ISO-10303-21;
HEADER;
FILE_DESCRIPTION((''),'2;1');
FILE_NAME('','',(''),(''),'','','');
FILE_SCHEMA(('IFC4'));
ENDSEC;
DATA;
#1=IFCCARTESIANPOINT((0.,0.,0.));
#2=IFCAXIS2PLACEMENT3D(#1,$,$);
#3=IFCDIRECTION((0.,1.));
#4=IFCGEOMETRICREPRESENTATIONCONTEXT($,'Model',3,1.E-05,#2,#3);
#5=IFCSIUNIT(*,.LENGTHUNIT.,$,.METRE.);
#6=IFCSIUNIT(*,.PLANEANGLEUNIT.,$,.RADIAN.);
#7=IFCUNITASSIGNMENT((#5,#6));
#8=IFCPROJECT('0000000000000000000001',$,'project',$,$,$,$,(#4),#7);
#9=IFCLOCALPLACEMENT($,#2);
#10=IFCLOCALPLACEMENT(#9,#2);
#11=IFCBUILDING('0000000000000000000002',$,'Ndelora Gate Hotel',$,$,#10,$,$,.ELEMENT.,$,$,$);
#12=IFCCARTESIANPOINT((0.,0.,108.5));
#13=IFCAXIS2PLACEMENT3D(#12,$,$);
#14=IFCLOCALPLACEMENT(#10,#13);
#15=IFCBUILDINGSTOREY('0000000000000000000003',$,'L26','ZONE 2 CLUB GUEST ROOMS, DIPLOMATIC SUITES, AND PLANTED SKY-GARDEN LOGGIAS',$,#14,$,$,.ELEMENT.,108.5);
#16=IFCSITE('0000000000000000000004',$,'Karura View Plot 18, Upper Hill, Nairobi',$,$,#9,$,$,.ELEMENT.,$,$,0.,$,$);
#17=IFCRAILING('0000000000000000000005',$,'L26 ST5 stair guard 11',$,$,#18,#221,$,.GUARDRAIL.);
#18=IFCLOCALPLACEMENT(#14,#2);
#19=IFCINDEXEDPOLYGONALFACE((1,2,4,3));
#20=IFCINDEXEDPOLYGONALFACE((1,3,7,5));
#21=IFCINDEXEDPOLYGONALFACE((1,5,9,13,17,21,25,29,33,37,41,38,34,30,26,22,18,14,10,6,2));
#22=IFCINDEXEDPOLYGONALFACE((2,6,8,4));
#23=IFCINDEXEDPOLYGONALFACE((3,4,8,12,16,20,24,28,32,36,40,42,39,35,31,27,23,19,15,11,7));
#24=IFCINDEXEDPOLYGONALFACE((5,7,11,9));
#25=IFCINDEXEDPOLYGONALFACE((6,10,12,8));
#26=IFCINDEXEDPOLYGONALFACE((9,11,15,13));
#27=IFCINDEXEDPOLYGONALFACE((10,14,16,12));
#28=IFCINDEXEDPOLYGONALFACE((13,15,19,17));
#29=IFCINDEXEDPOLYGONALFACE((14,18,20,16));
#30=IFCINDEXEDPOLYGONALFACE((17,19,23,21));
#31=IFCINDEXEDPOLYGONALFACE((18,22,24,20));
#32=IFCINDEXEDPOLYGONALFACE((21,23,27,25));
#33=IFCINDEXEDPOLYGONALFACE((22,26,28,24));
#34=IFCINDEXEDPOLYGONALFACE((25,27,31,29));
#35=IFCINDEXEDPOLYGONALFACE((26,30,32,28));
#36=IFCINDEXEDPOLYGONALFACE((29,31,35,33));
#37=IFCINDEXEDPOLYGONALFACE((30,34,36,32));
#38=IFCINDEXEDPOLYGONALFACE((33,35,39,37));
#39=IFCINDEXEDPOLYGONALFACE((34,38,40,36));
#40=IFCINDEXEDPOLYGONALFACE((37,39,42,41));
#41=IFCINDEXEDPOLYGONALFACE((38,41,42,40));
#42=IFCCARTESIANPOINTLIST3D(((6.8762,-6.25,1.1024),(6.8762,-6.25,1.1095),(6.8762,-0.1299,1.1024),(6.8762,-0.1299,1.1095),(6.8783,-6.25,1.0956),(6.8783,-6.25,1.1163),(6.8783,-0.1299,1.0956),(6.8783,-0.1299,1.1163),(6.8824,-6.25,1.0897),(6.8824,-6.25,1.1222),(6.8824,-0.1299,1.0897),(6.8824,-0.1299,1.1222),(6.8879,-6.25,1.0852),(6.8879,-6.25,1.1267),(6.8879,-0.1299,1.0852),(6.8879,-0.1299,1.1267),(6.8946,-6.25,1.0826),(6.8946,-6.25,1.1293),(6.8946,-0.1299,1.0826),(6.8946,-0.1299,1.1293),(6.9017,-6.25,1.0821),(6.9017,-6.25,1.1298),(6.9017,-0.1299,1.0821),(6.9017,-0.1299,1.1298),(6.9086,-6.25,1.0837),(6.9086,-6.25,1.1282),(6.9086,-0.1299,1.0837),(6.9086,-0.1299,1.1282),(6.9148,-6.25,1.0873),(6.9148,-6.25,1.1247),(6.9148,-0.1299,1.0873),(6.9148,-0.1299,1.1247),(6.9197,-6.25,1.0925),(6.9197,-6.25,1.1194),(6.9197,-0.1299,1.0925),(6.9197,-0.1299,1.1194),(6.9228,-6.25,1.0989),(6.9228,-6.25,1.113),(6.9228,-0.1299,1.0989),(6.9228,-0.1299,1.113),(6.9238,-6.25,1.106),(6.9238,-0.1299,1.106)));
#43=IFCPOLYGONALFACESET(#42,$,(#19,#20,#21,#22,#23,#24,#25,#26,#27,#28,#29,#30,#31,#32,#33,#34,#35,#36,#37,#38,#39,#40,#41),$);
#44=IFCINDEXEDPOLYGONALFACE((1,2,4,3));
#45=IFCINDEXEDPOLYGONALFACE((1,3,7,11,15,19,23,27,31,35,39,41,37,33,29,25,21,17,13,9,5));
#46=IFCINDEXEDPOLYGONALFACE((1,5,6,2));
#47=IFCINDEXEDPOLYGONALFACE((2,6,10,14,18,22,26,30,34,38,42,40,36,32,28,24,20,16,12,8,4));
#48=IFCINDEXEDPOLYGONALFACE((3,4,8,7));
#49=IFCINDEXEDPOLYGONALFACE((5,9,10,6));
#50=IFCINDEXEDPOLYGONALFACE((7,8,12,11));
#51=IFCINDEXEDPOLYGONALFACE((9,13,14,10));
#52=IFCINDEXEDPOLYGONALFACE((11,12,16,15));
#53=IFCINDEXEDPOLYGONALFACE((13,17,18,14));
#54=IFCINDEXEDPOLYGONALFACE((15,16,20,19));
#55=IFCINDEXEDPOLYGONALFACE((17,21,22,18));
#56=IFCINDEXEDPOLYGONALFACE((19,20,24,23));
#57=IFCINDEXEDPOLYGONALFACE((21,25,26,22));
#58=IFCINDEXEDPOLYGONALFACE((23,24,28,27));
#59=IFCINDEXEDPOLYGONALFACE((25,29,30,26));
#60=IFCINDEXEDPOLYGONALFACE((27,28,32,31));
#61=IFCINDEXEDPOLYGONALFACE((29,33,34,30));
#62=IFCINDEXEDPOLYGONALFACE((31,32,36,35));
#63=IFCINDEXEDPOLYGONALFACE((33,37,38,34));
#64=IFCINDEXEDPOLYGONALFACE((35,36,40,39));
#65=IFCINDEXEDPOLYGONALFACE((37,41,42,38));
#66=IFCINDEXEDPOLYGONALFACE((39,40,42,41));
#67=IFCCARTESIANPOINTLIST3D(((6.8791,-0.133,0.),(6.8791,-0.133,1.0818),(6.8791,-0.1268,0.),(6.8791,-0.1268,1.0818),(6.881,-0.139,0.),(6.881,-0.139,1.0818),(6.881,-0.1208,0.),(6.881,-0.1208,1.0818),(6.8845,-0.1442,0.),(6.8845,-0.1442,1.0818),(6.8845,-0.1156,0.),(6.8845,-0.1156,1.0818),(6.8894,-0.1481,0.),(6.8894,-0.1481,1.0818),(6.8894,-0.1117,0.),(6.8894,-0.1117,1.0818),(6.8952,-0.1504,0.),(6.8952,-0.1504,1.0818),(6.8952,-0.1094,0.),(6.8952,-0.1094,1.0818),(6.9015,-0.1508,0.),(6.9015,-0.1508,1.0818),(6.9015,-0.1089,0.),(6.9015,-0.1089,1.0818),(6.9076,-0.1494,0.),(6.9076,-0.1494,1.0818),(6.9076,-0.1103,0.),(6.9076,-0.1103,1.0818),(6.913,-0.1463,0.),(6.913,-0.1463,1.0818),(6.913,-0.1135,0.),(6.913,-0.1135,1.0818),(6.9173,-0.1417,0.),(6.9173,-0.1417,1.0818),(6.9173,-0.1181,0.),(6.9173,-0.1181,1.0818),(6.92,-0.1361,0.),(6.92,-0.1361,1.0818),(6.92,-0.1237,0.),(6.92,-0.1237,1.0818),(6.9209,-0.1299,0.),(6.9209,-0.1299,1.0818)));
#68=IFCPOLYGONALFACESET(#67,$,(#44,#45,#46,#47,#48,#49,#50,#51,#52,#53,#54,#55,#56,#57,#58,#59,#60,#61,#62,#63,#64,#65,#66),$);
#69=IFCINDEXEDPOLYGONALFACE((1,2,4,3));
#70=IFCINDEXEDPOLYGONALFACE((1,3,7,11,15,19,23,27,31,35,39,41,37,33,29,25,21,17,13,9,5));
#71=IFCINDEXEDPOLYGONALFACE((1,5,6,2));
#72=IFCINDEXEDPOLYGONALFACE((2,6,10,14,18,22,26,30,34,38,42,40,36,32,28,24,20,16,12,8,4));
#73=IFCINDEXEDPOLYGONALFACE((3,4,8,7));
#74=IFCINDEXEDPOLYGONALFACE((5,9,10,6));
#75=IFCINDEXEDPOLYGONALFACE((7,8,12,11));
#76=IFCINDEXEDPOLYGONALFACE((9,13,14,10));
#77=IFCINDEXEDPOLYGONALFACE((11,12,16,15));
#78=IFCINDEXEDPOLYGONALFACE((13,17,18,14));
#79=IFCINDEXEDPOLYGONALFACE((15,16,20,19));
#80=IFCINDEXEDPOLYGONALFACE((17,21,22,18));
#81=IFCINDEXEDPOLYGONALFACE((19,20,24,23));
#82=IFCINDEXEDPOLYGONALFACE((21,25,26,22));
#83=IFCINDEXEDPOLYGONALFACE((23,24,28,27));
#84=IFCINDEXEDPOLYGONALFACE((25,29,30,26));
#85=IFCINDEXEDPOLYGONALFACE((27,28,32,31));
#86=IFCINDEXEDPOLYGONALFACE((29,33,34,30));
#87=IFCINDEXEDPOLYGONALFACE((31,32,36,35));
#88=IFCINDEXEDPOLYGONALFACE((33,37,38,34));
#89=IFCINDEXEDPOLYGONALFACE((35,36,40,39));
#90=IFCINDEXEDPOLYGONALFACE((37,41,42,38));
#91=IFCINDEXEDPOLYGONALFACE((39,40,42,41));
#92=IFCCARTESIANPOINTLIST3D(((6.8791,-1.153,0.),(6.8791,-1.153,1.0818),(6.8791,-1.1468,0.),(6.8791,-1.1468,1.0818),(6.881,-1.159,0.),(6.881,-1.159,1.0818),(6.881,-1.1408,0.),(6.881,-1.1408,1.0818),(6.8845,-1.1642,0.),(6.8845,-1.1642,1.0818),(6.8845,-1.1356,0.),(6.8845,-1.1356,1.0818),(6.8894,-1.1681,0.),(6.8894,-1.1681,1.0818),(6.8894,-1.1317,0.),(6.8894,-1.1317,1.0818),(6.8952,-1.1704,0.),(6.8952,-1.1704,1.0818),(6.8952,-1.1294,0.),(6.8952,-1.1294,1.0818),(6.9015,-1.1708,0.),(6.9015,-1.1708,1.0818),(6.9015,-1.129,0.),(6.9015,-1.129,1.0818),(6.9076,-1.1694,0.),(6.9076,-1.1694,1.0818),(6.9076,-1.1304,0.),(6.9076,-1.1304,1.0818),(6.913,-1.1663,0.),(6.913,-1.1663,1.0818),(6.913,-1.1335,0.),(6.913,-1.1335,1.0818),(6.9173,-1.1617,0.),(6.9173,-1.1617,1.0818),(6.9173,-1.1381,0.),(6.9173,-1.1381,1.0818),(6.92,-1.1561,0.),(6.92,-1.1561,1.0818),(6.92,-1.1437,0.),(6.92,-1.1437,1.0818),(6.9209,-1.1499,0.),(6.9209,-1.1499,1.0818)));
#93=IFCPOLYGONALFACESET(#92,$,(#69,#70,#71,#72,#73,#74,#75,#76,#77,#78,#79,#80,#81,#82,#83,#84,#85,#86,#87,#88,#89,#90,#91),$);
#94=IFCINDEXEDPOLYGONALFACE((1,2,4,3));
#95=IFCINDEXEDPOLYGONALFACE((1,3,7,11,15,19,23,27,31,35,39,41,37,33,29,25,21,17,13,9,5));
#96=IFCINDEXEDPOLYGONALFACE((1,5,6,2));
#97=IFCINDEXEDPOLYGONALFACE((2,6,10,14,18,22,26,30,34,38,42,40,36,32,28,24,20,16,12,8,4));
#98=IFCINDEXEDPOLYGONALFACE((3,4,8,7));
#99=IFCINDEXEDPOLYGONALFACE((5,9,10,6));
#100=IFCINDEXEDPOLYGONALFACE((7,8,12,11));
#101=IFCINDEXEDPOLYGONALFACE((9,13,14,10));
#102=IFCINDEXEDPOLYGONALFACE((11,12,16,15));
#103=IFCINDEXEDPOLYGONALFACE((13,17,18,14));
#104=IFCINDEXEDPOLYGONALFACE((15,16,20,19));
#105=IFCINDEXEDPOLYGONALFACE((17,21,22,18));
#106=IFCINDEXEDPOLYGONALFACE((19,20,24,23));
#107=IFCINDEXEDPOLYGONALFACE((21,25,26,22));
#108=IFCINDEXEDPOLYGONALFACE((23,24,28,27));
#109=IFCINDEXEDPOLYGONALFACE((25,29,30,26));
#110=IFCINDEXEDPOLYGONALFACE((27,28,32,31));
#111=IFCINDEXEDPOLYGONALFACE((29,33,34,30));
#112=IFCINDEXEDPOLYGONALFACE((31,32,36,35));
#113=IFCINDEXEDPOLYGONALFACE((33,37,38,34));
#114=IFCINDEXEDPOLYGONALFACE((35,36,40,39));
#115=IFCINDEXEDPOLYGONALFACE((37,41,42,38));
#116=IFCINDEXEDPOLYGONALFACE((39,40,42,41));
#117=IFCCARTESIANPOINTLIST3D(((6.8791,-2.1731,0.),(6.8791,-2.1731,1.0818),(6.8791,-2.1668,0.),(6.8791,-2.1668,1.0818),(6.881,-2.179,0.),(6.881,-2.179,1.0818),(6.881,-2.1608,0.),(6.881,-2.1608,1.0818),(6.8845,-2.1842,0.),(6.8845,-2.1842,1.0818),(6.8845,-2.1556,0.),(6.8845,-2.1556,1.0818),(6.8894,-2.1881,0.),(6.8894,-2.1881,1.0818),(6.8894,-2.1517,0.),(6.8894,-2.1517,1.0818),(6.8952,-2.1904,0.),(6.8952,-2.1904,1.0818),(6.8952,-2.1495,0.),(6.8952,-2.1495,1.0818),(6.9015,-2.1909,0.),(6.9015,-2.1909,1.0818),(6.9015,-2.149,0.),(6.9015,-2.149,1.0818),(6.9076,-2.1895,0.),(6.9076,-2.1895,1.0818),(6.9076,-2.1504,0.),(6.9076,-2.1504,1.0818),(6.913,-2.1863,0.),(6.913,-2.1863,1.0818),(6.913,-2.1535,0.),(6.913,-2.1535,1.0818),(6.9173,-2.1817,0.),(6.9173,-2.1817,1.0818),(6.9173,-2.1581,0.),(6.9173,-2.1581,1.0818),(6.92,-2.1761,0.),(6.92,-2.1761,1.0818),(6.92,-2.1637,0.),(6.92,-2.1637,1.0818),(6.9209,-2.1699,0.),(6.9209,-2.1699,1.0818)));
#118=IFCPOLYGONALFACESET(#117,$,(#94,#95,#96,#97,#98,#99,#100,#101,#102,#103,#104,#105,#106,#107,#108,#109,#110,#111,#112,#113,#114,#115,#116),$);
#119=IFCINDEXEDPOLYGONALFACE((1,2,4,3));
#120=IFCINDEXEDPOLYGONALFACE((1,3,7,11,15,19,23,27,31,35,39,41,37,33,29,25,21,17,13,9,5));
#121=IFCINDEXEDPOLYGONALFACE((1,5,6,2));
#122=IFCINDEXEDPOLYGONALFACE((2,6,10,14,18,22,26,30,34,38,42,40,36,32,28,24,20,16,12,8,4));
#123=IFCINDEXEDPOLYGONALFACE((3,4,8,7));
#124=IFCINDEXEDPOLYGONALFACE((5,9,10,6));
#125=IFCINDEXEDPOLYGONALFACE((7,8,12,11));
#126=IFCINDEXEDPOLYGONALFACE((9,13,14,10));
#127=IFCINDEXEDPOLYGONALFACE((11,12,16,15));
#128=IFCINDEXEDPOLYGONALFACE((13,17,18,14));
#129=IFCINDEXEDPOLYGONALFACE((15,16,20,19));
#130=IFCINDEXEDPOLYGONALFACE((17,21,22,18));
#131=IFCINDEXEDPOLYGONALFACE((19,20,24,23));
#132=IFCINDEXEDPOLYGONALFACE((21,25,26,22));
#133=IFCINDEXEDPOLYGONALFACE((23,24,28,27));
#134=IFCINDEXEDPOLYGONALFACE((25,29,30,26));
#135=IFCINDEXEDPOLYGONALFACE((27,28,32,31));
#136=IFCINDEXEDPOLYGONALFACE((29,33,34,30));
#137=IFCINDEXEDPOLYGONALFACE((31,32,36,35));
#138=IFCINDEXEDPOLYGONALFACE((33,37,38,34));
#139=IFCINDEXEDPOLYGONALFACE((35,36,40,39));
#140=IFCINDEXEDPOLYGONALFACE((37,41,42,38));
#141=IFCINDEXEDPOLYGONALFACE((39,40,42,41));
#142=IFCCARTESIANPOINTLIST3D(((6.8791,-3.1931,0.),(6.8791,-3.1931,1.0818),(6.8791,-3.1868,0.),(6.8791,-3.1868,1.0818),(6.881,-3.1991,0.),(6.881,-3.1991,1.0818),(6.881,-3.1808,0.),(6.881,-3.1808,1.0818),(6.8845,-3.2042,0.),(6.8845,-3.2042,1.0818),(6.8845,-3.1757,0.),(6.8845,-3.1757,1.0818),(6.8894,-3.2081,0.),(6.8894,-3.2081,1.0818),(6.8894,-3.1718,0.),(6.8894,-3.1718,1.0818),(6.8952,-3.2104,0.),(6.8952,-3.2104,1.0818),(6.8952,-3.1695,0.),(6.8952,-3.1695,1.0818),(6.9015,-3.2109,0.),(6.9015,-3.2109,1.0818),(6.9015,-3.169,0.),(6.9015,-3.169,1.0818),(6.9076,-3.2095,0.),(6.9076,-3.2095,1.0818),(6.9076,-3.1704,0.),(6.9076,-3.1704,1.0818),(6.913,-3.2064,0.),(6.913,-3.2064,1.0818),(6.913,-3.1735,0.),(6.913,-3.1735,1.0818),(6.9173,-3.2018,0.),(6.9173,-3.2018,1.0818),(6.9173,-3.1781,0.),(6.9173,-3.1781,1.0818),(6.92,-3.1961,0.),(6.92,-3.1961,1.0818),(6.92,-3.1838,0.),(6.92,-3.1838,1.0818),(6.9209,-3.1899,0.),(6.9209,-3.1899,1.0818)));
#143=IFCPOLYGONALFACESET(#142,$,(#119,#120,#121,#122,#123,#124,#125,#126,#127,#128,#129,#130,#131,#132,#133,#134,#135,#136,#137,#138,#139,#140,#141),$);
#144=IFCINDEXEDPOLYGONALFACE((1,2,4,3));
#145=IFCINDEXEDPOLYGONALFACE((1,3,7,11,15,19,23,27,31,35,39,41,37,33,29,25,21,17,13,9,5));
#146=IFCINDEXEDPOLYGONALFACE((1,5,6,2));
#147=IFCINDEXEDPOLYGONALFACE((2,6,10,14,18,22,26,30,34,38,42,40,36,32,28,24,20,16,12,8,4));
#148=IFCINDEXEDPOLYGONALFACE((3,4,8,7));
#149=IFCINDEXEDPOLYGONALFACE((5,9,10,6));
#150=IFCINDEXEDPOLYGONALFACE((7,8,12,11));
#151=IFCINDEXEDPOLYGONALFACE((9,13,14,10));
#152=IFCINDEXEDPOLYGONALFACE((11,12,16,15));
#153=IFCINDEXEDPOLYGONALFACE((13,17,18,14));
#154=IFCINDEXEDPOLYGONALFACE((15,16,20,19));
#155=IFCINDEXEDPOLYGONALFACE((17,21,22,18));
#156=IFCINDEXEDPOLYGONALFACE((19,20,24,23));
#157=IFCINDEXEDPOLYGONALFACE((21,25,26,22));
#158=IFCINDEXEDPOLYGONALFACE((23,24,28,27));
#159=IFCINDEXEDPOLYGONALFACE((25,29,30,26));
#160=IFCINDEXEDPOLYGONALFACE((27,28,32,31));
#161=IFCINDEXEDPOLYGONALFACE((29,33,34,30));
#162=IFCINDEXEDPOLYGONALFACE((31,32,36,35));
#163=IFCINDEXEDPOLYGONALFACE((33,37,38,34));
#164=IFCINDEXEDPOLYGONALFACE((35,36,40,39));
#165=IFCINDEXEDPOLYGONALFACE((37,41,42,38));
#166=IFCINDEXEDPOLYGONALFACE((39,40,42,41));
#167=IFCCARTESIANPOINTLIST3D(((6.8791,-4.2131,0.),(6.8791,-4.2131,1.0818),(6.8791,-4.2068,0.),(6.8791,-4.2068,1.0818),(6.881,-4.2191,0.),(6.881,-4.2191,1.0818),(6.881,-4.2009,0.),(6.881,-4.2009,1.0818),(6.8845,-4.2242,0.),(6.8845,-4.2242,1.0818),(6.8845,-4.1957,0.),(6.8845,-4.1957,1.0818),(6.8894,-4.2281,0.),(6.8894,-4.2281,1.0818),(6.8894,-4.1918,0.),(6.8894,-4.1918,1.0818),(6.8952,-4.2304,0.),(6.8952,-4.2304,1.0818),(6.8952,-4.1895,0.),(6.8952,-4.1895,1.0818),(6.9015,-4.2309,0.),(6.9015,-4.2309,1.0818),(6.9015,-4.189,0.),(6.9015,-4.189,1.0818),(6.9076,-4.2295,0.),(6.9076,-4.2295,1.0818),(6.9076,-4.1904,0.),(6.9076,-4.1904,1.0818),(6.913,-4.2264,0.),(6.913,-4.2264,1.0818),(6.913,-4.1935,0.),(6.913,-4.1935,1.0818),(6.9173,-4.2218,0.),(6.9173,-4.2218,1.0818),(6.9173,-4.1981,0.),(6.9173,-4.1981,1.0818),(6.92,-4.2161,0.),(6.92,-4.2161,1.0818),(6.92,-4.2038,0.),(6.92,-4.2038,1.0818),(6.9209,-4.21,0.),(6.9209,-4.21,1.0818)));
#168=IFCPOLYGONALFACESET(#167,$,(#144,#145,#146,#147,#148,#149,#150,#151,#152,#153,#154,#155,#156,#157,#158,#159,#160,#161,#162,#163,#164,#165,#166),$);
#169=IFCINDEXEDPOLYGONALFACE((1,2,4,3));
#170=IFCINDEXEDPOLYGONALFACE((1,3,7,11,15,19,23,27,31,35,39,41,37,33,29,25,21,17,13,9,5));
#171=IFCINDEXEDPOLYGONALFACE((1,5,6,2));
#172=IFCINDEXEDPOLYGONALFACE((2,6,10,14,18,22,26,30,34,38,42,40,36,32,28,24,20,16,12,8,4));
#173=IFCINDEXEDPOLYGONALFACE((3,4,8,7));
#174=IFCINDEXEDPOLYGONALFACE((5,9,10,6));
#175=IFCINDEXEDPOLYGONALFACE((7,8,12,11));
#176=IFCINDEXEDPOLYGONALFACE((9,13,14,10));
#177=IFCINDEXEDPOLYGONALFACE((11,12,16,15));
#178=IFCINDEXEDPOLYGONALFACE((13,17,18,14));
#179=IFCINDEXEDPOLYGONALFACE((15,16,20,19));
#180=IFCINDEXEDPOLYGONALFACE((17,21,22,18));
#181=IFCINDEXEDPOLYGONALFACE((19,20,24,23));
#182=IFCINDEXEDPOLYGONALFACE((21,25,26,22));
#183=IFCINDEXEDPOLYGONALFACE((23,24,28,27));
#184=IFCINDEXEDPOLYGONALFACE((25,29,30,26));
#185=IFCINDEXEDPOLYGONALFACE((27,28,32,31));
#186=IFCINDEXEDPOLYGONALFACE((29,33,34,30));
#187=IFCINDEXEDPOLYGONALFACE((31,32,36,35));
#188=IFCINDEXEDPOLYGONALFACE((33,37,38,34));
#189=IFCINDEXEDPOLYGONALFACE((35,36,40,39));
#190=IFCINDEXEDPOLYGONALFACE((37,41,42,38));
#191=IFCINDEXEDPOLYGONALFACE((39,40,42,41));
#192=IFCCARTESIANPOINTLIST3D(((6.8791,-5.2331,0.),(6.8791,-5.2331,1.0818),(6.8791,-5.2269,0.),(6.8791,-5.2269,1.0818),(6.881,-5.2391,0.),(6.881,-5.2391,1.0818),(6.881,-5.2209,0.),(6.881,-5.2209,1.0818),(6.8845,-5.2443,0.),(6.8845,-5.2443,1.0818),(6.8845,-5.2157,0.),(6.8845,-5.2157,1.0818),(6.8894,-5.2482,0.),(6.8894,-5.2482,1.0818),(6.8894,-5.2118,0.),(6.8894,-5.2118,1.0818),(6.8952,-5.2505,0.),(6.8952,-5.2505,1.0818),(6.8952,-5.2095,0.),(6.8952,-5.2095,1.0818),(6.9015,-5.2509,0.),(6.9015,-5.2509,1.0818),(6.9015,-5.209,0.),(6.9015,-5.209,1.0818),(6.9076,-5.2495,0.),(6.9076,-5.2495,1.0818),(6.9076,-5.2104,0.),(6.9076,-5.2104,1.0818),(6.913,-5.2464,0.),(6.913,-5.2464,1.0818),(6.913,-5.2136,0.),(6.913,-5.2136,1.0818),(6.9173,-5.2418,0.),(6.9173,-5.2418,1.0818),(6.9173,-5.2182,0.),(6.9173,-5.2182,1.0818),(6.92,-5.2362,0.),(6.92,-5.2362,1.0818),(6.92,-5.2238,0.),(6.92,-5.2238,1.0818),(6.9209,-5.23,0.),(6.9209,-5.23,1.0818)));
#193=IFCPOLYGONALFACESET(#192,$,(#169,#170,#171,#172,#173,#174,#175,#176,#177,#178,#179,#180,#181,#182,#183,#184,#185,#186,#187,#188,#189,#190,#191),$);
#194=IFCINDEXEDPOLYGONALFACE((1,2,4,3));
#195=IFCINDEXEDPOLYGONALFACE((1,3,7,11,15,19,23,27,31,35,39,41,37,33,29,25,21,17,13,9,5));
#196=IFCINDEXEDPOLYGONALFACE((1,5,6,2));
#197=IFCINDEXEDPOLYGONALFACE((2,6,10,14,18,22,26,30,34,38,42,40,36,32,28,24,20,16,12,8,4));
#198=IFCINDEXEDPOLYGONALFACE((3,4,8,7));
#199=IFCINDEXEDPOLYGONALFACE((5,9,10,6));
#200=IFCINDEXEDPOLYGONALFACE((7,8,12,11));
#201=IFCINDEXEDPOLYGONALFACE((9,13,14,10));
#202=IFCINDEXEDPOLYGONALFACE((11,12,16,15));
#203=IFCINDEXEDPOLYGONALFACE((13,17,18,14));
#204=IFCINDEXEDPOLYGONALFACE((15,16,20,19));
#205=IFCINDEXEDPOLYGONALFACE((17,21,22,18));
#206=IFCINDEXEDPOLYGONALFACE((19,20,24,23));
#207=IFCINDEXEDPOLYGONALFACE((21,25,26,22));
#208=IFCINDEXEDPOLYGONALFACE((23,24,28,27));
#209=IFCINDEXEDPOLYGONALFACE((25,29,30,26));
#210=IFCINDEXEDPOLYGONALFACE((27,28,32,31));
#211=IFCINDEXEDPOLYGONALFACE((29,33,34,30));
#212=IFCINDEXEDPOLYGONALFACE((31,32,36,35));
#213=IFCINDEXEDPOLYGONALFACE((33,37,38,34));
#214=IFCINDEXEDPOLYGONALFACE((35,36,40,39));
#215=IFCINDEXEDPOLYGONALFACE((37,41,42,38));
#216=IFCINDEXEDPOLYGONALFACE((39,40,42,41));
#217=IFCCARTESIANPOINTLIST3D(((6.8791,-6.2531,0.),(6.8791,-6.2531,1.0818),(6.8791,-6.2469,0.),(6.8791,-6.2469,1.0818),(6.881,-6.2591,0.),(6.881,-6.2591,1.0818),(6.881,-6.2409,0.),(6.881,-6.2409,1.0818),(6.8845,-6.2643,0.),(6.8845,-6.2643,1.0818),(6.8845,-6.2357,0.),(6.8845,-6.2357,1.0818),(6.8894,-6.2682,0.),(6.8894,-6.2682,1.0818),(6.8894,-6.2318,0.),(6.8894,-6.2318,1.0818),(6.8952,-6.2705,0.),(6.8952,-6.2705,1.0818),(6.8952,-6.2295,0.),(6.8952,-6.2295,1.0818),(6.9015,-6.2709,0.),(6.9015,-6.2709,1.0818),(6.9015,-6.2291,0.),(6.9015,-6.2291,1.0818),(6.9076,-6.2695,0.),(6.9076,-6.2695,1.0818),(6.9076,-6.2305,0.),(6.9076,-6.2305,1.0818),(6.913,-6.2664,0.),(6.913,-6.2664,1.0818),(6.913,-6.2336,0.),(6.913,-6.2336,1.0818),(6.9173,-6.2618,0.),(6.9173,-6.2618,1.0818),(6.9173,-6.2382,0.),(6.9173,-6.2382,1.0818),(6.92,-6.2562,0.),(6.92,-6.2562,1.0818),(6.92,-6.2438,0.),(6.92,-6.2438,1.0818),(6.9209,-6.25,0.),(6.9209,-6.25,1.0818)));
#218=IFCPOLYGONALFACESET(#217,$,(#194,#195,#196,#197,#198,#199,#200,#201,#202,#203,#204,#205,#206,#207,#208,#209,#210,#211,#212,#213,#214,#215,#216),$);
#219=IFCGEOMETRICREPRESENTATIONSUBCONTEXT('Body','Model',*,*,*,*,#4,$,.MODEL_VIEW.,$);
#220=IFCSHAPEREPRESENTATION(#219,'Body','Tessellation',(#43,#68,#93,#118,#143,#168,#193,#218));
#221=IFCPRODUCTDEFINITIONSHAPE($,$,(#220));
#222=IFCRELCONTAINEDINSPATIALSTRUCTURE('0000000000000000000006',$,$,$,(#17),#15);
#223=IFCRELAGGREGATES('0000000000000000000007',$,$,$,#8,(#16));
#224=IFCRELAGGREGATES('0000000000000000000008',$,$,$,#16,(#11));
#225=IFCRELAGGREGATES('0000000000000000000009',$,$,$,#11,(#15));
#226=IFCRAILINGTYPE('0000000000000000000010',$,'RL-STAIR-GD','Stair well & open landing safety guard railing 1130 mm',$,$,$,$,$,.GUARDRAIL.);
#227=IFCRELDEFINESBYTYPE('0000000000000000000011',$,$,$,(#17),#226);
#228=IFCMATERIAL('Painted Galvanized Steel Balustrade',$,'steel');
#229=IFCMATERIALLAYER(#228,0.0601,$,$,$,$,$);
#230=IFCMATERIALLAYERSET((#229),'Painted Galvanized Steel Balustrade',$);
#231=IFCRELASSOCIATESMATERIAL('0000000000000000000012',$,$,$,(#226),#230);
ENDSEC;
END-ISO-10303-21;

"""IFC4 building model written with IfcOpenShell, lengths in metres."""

from ifc_helpers import new_model, si_unit, direction, frame, origin, origin_2d, place, context, subcontext, project, spatial, circle, extrude, material, layer, layer_set, type_object, element, save


model = new_model("IFC4")

# Units and contexts
model_context = context("Model", 3, precision=1e-05, world=origin(), true_north=direction((0.0, 1.0)))
body_context = subcontext(model_context, "Body", "Model", "MODEL_VIEW")
ifc_project = project(units=[si_unit("LENGTHUNIT", "METRE"), si_unit("PLANEANGLEUNIT", "RADIAN")], contexts=[model_context])

# Site, building, storey
site_placement = place(None, origin())
site = spatial("IfcSite", under=ifc_project, at=site_placement, Name="Karura View Plot 18, Upper Hill, Nairobi", CompositionType="ELEMENT", RefElevation=0.0)
building_placement = place(site_placement, origin())
building = spatial("IfcBuilding", under=site, at=building_placement, Name="Ndelora Gate Hotel", CompositionType="ELEMENT")
storey_placement = place(building_placement, frame((0.0, 0.0, 108.5)))
storey = spatial("IfcBuildingStorey", under=building, at=storey_placement, Name="L26", Description="ZONE 2 CLUB GUEST ROOMS, DIPLOMATIC SUITES, AND PLANTED SKY-GARDEN LOGGIAS", CompositionType="ELEMENT", Elevation=108.5)

# Railing
ifc_material_1 = material(Name="Painted Galvanized Steel Balustrade", Category="steel")
ifc_layer_1 = layer(ifc_material_1, 0.0601)
ifc_layer_set_1 = layer_set([ifc_layer_1], Name="Painted Galvanized Steel Balustrade")
railing_type = type_object("IfcRailingType", Name="RL-STAIR-GD", Description="Stair well & open landing safety guard railing 1130 mm", PredefinedType="GUARDRAIL", material=ifc_layer_set_1)
railing_placement = place(storey_placement, frame((6.8999, -0.1299, 0.0)))
element("IfcRailing", 1, at=railing_placement, inside=storey, type_object=railing_type, Name="L26 ST5 stair guard 11", PredefinedType="GUARDRAIL", context=body_context, shape_type="SweptSolid", body=[
    extrude(circle(Radius=0.0239, at=origin_2d()), frame((0.0, 0.0, 1.106), z_axis=(0.0, -1.0, 0.0), x_axis=(1.0, 0.0, 0.0)), (0.0, 0.0, 1.0), 6.1201),
    extrude(circle(Radius=0.021, at=origin_2d()), origin(), (0.0, 0.0, 1.0), 1.0818),
    extrude(circle(Radius=0.021, at=origin_2d()), frame((0.0, -1.02, 0.0)), (0.0, 0.0, 1.0), 1.0818),
    extrude(circle(Radius=0.021, at=origin_2d()), frame((0.0, -2.04, 0.0)), (0.0, 0.0, 1.0), 1.0818),
    extrude(circle(Radius=0.021, at=origin_2d()), frame((0.0, -3.0601, 0.0)), (0.0, 0.0, 1.0), 1.0818),
    extrude(circle(Radius=0.021, at=origin_2d()), frame((0.0, -4.0801, 0.0)), (0.0, 0.0, 1.0), 1.0818),
    extrude(circle(Radius=0.021, at=origin_2d()), frame((0.0, -5.1001, 0.0)), (0.0, 0.0, 1.0), 1.0818),
    extrude(circle(Radius=0.021, at=origin_2d()), frame((0.0, -6.1201, 0.0)), (0.0, 0.0, 1.0), 1.0818),
])

save(model, "model.ifc")
